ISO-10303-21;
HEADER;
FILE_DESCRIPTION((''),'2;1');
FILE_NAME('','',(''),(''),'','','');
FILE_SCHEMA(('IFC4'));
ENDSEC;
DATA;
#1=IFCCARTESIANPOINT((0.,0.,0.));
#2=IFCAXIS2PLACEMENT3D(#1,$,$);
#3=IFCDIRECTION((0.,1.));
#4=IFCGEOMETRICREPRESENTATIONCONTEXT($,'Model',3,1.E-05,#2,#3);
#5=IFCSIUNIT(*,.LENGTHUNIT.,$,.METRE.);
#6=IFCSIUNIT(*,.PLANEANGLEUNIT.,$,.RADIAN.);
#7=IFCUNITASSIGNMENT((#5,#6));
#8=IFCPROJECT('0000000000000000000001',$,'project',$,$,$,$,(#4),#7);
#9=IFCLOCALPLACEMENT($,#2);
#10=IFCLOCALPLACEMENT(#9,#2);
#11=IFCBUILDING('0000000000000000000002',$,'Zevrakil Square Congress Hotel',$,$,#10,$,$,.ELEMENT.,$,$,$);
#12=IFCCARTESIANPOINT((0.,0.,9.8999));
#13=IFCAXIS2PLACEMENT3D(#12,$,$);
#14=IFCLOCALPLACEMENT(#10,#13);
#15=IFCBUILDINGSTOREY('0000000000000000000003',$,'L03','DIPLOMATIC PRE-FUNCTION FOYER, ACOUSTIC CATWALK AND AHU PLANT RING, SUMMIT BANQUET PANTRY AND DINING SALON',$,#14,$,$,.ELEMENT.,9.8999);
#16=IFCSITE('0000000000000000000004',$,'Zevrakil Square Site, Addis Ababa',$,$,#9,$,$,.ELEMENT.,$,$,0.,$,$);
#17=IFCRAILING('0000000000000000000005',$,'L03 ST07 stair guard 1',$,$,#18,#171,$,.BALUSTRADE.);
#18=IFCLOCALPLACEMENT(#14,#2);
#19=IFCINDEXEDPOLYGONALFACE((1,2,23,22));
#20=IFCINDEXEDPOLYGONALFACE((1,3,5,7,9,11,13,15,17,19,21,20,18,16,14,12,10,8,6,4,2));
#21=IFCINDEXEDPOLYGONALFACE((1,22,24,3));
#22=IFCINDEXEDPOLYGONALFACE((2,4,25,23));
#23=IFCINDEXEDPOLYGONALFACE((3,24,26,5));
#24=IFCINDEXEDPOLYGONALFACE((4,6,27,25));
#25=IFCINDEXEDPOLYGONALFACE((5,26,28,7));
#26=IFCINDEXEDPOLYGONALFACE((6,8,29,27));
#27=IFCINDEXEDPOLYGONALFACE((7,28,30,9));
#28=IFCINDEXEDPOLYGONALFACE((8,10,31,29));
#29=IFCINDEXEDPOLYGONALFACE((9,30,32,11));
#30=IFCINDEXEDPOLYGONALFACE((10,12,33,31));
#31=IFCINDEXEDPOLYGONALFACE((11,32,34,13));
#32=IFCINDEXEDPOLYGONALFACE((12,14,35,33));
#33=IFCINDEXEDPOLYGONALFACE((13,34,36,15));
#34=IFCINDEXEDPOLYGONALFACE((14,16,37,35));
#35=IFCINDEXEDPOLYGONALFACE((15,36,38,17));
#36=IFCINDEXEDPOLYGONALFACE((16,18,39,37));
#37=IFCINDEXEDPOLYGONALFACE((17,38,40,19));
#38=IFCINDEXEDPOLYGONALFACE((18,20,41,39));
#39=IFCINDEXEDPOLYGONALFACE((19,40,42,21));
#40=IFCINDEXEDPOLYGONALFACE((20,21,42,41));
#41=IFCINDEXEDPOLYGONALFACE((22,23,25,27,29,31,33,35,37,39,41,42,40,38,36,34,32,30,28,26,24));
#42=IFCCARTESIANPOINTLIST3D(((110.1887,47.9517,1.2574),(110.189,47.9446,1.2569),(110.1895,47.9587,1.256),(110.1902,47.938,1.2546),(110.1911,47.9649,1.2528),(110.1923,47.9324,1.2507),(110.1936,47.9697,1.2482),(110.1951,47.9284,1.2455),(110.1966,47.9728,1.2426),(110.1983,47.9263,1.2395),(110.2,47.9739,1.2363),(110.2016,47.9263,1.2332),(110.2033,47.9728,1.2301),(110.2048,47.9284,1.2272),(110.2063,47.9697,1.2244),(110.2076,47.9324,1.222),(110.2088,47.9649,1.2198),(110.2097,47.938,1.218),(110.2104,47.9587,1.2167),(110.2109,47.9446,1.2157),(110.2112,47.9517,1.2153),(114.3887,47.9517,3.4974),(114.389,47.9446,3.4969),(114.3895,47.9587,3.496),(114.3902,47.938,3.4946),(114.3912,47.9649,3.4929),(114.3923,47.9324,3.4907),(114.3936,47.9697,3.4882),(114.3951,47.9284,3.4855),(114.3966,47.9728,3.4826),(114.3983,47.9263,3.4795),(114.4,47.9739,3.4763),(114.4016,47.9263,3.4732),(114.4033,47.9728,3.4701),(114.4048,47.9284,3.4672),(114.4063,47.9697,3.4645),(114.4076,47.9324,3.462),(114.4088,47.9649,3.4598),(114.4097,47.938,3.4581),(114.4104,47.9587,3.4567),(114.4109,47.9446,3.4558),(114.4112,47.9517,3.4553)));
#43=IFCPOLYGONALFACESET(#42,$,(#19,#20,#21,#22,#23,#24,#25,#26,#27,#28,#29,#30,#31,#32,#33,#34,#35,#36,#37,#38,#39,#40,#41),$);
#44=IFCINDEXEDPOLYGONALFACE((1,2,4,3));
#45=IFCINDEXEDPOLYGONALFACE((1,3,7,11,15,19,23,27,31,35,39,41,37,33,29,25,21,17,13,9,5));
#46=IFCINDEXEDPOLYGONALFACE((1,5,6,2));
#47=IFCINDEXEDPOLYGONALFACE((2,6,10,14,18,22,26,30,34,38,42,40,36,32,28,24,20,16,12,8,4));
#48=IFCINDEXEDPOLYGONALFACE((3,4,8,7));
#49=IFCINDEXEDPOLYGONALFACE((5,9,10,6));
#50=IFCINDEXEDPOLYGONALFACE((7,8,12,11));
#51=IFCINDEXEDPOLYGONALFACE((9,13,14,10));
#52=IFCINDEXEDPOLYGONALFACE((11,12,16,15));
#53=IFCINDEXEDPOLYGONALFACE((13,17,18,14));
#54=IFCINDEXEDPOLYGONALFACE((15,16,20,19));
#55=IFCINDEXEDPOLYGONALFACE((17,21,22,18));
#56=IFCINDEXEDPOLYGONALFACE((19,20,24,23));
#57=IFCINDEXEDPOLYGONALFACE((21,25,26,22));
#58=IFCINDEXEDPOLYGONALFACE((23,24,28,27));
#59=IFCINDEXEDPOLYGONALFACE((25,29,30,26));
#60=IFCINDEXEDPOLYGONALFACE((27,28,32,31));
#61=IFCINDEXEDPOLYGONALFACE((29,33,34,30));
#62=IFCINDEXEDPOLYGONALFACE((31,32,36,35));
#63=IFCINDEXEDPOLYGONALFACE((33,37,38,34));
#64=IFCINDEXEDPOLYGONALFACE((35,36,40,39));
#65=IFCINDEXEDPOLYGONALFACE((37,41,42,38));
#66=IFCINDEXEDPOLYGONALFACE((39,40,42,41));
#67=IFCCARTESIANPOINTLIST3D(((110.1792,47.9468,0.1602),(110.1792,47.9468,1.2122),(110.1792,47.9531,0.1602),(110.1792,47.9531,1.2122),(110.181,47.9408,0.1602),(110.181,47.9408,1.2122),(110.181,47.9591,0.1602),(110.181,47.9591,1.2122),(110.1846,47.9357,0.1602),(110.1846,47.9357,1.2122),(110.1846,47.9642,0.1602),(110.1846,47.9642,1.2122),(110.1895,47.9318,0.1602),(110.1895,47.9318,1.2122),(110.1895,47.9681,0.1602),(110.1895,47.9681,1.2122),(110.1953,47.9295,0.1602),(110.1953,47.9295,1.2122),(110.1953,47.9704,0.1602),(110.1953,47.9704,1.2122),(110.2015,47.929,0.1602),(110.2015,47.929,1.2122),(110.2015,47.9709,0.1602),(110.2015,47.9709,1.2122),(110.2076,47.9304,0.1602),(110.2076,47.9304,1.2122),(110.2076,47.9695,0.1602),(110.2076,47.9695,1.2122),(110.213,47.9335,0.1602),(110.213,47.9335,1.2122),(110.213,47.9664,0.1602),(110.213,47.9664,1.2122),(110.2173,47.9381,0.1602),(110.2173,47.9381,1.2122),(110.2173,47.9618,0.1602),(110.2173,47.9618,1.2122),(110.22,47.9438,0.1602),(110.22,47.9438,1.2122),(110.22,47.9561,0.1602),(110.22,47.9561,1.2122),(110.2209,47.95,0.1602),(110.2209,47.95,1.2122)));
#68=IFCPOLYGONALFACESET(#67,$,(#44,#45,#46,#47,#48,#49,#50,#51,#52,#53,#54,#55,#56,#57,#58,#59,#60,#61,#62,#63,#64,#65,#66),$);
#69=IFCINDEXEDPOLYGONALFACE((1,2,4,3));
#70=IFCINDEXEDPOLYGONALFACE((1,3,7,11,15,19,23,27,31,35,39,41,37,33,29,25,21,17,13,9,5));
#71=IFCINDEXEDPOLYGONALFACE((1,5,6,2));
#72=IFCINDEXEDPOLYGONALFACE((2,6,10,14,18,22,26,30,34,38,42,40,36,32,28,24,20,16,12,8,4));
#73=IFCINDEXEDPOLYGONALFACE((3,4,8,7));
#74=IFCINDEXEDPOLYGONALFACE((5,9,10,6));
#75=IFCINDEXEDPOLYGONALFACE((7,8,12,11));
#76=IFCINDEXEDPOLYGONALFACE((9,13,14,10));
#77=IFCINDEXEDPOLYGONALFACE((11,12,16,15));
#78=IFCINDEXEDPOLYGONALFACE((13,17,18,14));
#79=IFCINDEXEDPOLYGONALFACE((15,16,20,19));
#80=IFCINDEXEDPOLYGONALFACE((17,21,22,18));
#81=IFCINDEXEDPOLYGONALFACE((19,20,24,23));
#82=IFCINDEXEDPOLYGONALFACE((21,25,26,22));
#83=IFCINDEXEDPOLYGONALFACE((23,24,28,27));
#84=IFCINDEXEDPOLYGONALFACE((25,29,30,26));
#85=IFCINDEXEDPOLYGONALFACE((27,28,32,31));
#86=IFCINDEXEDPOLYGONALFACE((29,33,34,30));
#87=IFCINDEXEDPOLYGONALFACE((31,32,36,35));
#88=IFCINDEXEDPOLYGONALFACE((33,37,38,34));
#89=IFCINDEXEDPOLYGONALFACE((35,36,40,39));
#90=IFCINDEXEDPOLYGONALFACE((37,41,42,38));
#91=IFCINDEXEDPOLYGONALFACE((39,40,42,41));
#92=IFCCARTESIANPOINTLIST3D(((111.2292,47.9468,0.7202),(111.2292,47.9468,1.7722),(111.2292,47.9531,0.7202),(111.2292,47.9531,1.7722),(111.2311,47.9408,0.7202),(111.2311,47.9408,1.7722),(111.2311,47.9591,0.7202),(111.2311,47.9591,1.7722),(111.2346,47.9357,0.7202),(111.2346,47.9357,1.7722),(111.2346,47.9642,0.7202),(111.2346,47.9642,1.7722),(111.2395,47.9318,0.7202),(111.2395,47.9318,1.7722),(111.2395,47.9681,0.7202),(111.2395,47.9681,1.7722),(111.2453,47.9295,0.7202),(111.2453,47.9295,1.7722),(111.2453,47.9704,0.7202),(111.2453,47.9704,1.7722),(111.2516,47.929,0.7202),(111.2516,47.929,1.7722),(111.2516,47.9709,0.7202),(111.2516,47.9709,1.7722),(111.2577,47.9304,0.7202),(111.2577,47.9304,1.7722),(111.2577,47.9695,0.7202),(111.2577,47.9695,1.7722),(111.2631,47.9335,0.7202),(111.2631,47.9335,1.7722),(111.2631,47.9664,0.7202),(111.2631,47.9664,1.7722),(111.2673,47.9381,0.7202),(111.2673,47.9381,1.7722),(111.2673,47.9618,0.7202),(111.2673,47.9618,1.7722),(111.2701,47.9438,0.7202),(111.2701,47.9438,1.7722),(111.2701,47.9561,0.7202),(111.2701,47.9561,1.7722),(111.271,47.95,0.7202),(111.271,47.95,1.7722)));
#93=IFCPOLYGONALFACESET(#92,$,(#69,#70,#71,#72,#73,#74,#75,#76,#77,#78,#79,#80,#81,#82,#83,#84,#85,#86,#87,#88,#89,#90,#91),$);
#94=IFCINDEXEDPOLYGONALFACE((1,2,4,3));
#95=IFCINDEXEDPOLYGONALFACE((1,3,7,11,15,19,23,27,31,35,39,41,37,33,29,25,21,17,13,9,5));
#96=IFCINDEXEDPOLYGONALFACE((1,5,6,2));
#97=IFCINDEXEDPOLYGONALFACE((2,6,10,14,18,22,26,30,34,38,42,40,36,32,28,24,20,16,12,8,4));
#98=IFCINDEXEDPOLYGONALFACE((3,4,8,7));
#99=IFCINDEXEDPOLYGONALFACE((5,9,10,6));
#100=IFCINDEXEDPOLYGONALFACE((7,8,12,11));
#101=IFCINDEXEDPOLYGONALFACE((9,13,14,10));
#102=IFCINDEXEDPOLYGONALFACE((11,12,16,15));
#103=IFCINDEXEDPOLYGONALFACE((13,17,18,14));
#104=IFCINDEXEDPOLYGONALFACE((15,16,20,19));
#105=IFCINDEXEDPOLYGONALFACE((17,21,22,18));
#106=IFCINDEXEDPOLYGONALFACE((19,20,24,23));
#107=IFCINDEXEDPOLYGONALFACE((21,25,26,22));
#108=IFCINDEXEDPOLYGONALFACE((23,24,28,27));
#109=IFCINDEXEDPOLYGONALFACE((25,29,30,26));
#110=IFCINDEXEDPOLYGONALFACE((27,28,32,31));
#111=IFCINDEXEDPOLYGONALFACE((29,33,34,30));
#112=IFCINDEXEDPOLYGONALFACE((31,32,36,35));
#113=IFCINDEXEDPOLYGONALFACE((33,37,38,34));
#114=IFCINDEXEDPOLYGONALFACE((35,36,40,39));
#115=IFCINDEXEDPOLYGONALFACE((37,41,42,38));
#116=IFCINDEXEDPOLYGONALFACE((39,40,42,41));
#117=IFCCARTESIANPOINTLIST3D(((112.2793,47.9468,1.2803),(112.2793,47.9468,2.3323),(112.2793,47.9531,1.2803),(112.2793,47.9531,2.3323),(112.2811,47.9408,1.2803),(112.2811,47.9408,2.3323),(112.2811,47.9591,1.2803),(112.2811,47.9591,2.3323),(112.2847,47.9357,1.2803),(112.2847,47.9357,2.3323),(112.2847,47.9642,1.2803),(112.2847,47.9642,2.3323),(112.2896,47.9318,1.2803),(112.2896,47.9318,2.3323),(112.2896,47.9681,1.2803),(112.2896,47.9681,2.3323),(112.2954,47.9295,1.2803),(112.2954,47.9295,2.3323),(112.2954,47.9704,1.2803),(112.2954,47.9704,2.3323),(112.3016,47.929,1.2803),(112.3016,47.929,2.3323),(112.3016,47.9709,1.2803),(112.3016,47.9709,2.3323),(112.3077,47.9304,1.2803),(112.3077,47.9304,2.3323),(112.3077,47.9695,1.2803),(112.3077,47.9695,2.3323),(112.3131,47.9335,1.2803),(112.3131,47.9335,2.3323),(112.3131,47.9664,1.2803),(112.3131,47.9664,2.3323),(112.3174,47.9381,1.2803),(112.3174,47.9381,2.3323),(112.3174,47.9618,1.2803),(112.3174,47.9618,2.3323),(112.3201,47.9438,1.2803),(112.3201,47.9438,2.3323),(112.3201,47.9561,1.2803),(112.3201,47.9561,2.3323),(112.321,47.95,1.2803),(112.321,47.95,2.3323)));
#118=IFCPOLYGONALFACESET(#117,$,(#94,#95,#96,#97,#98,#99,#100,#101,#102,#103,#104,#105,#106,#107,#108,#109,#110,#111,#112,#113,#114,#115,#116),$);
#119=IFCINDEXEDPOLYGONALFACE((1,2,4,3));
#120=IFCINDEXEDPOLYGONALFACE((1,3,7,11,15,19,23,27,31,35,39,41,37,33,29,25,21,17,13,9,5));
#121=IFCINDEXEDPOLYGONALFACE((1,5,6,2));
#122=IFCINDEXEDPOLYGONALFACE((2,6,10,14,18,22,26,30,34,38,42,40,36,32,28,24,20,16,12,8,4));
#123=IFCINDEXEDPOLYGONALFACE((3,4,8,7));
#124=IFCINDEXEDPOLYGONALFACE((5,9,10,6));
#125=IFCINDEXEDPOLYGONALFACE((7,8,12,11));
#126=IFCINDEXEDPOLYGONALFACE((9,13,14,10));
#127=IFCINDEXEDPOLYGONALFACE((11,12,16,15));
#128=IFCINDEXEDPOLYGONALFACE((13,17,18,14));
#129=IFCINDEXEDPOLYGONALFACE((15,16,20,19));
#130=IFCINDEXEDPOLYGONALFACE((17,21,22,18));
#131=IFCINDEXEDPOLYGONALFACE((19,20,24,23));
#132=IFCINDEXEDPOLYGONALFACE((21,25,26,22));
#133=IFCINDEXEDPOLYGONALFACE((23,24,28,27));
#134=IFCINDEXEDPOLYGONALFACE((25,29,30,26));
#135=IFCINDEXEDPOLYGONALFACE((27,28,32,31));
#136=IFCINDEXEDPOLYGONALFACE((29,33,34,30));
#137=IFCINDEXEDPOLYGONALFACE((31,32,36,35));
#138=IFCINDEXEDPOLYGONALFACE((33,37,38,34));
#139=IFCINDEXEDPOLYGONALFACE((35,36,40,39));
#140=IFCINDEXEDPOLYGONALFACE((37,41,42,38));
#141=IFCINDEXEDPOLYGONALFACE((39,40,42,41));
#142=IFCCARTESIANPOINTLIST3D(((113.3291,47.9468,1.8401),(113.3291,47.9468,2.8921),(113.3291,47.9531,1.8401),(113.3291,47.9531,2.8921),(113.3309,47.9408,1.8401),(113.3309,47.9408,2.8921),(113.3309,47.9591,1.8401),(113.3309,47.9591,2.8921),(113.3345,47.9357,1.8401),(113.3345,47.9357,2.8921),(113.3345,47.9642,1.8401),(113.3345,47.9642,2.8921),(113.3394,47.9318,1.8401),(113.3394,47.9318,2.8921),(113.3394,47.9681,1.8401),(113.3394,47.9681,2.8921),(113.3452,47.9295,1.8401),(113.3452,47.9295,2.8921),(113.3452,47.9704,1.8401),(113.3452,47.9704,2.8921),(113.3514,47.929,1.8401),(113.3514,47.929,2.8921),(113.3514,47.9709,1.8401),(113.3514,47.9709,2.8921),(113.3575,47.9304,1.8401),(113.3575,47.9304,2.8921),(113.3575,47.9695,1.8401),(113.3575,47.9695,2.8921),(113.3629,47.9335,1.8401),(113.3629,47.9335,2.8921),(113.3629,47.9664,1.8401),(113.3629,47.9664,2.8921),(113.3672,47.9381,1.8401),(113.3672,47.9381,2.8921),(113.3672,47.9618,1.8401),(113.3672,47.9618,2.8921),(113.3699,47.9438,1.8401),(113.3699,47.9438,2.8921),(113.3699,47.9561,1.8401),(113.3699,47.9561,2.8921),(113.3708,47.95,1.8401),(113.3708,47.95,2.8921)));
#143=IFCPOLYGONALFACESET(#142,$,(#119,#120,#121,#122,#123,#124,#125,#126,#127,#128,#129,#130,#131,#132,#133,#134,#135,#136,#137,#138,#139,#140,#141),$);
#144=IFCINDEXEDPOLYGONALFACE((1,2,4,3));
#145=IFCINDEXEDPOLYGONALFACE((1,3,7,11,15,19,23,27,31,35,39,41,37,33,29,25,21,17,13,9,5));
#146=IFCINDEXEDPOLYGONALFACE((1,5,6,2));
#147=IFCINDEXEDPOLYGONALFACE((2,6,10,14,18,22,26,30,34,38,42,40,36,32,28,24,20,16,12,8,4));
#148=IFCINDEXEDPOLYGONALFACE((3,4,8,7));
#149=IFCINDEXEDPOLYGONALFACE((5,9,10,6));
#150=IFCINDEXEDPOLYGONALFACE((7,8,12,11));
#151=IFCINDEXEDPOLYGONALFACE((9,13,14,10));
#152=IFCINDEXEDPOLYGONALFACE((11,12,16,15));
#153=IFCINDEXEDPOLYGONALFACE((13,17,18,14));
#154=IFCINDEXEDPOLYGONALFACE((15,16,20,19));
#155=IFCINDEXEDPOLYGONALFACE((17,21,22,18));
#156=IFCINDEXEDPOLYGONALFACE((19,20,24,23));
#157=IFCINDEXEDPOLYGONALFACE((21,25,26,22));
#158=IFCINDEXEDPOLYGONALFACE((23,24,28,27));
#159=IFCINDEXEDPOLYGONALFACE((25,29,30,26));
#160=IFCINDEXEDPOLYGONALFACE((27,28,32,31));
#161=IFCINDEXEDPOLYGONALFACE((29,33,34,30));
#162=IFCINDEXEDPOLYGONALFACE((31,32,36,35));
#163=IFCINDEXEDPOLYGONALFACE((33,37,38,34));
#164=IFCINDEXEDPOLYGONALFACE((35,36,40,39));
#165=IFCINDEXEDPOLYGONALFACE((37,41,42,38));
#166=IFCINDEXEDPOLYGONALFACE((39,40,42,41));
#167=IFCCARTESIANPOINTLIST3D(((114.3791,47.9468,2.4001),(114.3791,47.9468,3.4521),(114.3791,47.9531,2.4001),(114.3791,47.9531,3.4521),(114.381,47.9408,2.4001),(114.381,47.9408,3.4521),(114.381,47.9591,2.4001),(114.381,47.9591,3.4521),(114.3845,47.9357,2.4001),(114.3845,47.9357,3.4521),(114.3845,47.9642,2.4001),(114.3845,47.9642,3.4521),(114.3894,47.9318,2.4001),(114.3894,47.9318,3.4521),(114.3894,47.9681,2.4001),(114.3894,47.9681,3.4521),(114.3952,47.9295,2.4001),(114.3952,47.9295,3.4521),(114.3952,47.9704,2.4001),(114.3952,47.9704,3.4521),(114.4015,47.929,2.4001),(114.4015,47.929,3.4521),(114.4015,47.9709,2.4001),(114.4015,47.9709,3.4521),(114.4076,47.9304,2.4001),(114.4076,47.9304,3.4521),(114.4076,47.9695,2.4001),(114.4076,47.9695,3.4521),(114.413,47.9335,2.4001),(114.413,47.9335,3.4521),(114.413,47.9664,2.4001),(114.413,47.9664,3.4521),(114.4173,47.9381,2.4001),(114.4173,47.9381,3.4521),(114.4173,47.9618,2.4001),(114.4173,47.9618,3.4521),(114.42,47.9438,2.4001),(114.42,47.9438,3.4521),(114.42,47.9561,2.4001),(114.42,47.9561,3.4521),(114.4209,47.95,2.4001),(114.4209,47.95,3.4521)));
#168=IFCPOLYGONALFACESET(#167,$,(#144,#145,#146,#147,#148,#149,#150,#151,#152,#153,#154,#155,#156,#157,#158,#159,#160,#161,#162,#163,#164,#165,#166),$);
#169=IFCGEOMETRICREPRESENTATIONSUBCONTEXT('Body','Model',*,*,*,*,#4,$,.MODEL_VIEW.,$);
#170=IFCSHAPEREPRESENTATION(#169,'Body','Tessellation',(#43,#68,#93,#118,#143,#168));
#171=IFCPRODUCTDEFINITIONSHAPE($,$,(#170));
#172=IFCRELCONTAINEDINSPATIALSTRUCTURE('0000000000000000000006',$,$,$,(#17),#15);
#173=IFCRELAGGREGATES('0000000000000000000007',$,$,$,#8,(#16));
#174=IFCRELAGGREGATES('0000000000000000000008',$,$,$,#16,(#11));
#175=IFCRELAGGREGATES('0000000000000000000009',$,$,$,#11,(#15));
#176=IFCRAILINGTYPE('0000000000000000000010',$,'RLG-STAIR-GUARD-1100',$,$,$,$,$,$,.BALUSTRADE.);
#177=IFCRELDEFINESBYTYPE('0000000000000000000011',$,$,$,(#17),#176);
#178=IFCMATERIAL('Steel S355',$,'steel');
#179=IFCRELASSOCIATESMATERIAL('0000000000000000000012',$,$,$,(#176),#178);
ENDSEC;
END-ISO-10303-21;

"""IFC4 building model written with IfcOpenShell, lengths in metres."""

from ifc_helpers import new_model, si_unit, direction, frame, origin, origin_2d, place, context, subcontext, project, spatial, circle, extrude, material, type_object, element, save


model = new_model("IFC4")

# Units and contexts
model_context = context("Model", 3, precision=1e-05, world=origin(), true_north=direction((0.0, 1.0)))
body_context = subcontext(model_context, "Body", "Model", "MODEL_VIEW")
ifc_project = project(units=[si_unit("LENGTHUNIT", "METRE"), si_unit("PLANEANGLEUNIT", "RADIAN")], contexts=[model_context])

# Site, building, storey
site_placement = place(None, origin())
site = spatial("IfcSite", under=ifc_project, at=site_placement, Name="Zevrakil Square Site, Addis Ababa", CompositionType="ELEMENT", RefElevation=0.0)
building_placement = place(site_placement, origin())
building = spatial("IfcBuilding", under=site, at=building_placement, Name="Zevrakil Square Congress Hotel", CompositionType="ELEMENT")
storey_placement = place(building_placement, frame((0.0, 0.0, 9.8999)))
storey = spatial("IfcBuildingStorey", under=building, at=storey_placement, Name="L03", Description="DIPLOMATIC PRE-FUNCTION FOYER, ACOUSTIC CATWALK AND AHU PLANT RING, SUMMIT BANQUET PANTRY AND DINING SALON", CompositionType="ELEMENT", Elevation=9.8999)

# Railing
ifc_material_1 = material(Name="Steel S355", Category="steel")
railing_type_1 = type_object("IfcRailingType", Name="RLG-STAIR-GUARD-1100", PredefinedType="BALUSTRADE", material=ifc_material_1)
railing_1_placement = place(storey_placement, frame((110.2, 47.95, 0.1602)))
element("IfcRailing", 1, at=railing_1_placement, inside=storey, type_object=railing_type_1, Name="L03 ST07 stair guard 1", PredefinedType="BALUSTRADE", context=body_context, shape_type="SweptSolid", body=[
    extrude(circle(Radius=0.0239, at=origin_2d()), frame((0.0, 0.0, 1.0762), z_axis=(0.882352, 0.0, 0.470591), x_axis=(0.0, 1.0, 0.0)), (0.0, 0.0, 1.0), 4.76),
    extrude(circle(Radius=0.021, at=origin_2d()), origin(), (0.0, 0.0, 1.0), 1.052),
    extrude(circle(Radius=0.021, at=origin_2d()), frame((1.05, 0.0, 0.5601)), (0.0, 0.0, 1.0), 1.052),
    extrude(circle(Radius=0.021, at=origin_2d()), frame((2.1001, 0.0, 1.1201)), (0.0, 0.0, 1.0), 1.052),
    extrude(circle(Radius=0.021, at=origin_2d()), frame((3.1499, 0.0, 1.6799)), (0.0, 0.0, 1.0), 1.052),
    extrude(circle(Radius=0.021, at=origin_2d()), frame((4.2, 0.0, 2.24)), (0.0, 0.0, 1.0), 1.052),
])

save(model, "model.ifc")
